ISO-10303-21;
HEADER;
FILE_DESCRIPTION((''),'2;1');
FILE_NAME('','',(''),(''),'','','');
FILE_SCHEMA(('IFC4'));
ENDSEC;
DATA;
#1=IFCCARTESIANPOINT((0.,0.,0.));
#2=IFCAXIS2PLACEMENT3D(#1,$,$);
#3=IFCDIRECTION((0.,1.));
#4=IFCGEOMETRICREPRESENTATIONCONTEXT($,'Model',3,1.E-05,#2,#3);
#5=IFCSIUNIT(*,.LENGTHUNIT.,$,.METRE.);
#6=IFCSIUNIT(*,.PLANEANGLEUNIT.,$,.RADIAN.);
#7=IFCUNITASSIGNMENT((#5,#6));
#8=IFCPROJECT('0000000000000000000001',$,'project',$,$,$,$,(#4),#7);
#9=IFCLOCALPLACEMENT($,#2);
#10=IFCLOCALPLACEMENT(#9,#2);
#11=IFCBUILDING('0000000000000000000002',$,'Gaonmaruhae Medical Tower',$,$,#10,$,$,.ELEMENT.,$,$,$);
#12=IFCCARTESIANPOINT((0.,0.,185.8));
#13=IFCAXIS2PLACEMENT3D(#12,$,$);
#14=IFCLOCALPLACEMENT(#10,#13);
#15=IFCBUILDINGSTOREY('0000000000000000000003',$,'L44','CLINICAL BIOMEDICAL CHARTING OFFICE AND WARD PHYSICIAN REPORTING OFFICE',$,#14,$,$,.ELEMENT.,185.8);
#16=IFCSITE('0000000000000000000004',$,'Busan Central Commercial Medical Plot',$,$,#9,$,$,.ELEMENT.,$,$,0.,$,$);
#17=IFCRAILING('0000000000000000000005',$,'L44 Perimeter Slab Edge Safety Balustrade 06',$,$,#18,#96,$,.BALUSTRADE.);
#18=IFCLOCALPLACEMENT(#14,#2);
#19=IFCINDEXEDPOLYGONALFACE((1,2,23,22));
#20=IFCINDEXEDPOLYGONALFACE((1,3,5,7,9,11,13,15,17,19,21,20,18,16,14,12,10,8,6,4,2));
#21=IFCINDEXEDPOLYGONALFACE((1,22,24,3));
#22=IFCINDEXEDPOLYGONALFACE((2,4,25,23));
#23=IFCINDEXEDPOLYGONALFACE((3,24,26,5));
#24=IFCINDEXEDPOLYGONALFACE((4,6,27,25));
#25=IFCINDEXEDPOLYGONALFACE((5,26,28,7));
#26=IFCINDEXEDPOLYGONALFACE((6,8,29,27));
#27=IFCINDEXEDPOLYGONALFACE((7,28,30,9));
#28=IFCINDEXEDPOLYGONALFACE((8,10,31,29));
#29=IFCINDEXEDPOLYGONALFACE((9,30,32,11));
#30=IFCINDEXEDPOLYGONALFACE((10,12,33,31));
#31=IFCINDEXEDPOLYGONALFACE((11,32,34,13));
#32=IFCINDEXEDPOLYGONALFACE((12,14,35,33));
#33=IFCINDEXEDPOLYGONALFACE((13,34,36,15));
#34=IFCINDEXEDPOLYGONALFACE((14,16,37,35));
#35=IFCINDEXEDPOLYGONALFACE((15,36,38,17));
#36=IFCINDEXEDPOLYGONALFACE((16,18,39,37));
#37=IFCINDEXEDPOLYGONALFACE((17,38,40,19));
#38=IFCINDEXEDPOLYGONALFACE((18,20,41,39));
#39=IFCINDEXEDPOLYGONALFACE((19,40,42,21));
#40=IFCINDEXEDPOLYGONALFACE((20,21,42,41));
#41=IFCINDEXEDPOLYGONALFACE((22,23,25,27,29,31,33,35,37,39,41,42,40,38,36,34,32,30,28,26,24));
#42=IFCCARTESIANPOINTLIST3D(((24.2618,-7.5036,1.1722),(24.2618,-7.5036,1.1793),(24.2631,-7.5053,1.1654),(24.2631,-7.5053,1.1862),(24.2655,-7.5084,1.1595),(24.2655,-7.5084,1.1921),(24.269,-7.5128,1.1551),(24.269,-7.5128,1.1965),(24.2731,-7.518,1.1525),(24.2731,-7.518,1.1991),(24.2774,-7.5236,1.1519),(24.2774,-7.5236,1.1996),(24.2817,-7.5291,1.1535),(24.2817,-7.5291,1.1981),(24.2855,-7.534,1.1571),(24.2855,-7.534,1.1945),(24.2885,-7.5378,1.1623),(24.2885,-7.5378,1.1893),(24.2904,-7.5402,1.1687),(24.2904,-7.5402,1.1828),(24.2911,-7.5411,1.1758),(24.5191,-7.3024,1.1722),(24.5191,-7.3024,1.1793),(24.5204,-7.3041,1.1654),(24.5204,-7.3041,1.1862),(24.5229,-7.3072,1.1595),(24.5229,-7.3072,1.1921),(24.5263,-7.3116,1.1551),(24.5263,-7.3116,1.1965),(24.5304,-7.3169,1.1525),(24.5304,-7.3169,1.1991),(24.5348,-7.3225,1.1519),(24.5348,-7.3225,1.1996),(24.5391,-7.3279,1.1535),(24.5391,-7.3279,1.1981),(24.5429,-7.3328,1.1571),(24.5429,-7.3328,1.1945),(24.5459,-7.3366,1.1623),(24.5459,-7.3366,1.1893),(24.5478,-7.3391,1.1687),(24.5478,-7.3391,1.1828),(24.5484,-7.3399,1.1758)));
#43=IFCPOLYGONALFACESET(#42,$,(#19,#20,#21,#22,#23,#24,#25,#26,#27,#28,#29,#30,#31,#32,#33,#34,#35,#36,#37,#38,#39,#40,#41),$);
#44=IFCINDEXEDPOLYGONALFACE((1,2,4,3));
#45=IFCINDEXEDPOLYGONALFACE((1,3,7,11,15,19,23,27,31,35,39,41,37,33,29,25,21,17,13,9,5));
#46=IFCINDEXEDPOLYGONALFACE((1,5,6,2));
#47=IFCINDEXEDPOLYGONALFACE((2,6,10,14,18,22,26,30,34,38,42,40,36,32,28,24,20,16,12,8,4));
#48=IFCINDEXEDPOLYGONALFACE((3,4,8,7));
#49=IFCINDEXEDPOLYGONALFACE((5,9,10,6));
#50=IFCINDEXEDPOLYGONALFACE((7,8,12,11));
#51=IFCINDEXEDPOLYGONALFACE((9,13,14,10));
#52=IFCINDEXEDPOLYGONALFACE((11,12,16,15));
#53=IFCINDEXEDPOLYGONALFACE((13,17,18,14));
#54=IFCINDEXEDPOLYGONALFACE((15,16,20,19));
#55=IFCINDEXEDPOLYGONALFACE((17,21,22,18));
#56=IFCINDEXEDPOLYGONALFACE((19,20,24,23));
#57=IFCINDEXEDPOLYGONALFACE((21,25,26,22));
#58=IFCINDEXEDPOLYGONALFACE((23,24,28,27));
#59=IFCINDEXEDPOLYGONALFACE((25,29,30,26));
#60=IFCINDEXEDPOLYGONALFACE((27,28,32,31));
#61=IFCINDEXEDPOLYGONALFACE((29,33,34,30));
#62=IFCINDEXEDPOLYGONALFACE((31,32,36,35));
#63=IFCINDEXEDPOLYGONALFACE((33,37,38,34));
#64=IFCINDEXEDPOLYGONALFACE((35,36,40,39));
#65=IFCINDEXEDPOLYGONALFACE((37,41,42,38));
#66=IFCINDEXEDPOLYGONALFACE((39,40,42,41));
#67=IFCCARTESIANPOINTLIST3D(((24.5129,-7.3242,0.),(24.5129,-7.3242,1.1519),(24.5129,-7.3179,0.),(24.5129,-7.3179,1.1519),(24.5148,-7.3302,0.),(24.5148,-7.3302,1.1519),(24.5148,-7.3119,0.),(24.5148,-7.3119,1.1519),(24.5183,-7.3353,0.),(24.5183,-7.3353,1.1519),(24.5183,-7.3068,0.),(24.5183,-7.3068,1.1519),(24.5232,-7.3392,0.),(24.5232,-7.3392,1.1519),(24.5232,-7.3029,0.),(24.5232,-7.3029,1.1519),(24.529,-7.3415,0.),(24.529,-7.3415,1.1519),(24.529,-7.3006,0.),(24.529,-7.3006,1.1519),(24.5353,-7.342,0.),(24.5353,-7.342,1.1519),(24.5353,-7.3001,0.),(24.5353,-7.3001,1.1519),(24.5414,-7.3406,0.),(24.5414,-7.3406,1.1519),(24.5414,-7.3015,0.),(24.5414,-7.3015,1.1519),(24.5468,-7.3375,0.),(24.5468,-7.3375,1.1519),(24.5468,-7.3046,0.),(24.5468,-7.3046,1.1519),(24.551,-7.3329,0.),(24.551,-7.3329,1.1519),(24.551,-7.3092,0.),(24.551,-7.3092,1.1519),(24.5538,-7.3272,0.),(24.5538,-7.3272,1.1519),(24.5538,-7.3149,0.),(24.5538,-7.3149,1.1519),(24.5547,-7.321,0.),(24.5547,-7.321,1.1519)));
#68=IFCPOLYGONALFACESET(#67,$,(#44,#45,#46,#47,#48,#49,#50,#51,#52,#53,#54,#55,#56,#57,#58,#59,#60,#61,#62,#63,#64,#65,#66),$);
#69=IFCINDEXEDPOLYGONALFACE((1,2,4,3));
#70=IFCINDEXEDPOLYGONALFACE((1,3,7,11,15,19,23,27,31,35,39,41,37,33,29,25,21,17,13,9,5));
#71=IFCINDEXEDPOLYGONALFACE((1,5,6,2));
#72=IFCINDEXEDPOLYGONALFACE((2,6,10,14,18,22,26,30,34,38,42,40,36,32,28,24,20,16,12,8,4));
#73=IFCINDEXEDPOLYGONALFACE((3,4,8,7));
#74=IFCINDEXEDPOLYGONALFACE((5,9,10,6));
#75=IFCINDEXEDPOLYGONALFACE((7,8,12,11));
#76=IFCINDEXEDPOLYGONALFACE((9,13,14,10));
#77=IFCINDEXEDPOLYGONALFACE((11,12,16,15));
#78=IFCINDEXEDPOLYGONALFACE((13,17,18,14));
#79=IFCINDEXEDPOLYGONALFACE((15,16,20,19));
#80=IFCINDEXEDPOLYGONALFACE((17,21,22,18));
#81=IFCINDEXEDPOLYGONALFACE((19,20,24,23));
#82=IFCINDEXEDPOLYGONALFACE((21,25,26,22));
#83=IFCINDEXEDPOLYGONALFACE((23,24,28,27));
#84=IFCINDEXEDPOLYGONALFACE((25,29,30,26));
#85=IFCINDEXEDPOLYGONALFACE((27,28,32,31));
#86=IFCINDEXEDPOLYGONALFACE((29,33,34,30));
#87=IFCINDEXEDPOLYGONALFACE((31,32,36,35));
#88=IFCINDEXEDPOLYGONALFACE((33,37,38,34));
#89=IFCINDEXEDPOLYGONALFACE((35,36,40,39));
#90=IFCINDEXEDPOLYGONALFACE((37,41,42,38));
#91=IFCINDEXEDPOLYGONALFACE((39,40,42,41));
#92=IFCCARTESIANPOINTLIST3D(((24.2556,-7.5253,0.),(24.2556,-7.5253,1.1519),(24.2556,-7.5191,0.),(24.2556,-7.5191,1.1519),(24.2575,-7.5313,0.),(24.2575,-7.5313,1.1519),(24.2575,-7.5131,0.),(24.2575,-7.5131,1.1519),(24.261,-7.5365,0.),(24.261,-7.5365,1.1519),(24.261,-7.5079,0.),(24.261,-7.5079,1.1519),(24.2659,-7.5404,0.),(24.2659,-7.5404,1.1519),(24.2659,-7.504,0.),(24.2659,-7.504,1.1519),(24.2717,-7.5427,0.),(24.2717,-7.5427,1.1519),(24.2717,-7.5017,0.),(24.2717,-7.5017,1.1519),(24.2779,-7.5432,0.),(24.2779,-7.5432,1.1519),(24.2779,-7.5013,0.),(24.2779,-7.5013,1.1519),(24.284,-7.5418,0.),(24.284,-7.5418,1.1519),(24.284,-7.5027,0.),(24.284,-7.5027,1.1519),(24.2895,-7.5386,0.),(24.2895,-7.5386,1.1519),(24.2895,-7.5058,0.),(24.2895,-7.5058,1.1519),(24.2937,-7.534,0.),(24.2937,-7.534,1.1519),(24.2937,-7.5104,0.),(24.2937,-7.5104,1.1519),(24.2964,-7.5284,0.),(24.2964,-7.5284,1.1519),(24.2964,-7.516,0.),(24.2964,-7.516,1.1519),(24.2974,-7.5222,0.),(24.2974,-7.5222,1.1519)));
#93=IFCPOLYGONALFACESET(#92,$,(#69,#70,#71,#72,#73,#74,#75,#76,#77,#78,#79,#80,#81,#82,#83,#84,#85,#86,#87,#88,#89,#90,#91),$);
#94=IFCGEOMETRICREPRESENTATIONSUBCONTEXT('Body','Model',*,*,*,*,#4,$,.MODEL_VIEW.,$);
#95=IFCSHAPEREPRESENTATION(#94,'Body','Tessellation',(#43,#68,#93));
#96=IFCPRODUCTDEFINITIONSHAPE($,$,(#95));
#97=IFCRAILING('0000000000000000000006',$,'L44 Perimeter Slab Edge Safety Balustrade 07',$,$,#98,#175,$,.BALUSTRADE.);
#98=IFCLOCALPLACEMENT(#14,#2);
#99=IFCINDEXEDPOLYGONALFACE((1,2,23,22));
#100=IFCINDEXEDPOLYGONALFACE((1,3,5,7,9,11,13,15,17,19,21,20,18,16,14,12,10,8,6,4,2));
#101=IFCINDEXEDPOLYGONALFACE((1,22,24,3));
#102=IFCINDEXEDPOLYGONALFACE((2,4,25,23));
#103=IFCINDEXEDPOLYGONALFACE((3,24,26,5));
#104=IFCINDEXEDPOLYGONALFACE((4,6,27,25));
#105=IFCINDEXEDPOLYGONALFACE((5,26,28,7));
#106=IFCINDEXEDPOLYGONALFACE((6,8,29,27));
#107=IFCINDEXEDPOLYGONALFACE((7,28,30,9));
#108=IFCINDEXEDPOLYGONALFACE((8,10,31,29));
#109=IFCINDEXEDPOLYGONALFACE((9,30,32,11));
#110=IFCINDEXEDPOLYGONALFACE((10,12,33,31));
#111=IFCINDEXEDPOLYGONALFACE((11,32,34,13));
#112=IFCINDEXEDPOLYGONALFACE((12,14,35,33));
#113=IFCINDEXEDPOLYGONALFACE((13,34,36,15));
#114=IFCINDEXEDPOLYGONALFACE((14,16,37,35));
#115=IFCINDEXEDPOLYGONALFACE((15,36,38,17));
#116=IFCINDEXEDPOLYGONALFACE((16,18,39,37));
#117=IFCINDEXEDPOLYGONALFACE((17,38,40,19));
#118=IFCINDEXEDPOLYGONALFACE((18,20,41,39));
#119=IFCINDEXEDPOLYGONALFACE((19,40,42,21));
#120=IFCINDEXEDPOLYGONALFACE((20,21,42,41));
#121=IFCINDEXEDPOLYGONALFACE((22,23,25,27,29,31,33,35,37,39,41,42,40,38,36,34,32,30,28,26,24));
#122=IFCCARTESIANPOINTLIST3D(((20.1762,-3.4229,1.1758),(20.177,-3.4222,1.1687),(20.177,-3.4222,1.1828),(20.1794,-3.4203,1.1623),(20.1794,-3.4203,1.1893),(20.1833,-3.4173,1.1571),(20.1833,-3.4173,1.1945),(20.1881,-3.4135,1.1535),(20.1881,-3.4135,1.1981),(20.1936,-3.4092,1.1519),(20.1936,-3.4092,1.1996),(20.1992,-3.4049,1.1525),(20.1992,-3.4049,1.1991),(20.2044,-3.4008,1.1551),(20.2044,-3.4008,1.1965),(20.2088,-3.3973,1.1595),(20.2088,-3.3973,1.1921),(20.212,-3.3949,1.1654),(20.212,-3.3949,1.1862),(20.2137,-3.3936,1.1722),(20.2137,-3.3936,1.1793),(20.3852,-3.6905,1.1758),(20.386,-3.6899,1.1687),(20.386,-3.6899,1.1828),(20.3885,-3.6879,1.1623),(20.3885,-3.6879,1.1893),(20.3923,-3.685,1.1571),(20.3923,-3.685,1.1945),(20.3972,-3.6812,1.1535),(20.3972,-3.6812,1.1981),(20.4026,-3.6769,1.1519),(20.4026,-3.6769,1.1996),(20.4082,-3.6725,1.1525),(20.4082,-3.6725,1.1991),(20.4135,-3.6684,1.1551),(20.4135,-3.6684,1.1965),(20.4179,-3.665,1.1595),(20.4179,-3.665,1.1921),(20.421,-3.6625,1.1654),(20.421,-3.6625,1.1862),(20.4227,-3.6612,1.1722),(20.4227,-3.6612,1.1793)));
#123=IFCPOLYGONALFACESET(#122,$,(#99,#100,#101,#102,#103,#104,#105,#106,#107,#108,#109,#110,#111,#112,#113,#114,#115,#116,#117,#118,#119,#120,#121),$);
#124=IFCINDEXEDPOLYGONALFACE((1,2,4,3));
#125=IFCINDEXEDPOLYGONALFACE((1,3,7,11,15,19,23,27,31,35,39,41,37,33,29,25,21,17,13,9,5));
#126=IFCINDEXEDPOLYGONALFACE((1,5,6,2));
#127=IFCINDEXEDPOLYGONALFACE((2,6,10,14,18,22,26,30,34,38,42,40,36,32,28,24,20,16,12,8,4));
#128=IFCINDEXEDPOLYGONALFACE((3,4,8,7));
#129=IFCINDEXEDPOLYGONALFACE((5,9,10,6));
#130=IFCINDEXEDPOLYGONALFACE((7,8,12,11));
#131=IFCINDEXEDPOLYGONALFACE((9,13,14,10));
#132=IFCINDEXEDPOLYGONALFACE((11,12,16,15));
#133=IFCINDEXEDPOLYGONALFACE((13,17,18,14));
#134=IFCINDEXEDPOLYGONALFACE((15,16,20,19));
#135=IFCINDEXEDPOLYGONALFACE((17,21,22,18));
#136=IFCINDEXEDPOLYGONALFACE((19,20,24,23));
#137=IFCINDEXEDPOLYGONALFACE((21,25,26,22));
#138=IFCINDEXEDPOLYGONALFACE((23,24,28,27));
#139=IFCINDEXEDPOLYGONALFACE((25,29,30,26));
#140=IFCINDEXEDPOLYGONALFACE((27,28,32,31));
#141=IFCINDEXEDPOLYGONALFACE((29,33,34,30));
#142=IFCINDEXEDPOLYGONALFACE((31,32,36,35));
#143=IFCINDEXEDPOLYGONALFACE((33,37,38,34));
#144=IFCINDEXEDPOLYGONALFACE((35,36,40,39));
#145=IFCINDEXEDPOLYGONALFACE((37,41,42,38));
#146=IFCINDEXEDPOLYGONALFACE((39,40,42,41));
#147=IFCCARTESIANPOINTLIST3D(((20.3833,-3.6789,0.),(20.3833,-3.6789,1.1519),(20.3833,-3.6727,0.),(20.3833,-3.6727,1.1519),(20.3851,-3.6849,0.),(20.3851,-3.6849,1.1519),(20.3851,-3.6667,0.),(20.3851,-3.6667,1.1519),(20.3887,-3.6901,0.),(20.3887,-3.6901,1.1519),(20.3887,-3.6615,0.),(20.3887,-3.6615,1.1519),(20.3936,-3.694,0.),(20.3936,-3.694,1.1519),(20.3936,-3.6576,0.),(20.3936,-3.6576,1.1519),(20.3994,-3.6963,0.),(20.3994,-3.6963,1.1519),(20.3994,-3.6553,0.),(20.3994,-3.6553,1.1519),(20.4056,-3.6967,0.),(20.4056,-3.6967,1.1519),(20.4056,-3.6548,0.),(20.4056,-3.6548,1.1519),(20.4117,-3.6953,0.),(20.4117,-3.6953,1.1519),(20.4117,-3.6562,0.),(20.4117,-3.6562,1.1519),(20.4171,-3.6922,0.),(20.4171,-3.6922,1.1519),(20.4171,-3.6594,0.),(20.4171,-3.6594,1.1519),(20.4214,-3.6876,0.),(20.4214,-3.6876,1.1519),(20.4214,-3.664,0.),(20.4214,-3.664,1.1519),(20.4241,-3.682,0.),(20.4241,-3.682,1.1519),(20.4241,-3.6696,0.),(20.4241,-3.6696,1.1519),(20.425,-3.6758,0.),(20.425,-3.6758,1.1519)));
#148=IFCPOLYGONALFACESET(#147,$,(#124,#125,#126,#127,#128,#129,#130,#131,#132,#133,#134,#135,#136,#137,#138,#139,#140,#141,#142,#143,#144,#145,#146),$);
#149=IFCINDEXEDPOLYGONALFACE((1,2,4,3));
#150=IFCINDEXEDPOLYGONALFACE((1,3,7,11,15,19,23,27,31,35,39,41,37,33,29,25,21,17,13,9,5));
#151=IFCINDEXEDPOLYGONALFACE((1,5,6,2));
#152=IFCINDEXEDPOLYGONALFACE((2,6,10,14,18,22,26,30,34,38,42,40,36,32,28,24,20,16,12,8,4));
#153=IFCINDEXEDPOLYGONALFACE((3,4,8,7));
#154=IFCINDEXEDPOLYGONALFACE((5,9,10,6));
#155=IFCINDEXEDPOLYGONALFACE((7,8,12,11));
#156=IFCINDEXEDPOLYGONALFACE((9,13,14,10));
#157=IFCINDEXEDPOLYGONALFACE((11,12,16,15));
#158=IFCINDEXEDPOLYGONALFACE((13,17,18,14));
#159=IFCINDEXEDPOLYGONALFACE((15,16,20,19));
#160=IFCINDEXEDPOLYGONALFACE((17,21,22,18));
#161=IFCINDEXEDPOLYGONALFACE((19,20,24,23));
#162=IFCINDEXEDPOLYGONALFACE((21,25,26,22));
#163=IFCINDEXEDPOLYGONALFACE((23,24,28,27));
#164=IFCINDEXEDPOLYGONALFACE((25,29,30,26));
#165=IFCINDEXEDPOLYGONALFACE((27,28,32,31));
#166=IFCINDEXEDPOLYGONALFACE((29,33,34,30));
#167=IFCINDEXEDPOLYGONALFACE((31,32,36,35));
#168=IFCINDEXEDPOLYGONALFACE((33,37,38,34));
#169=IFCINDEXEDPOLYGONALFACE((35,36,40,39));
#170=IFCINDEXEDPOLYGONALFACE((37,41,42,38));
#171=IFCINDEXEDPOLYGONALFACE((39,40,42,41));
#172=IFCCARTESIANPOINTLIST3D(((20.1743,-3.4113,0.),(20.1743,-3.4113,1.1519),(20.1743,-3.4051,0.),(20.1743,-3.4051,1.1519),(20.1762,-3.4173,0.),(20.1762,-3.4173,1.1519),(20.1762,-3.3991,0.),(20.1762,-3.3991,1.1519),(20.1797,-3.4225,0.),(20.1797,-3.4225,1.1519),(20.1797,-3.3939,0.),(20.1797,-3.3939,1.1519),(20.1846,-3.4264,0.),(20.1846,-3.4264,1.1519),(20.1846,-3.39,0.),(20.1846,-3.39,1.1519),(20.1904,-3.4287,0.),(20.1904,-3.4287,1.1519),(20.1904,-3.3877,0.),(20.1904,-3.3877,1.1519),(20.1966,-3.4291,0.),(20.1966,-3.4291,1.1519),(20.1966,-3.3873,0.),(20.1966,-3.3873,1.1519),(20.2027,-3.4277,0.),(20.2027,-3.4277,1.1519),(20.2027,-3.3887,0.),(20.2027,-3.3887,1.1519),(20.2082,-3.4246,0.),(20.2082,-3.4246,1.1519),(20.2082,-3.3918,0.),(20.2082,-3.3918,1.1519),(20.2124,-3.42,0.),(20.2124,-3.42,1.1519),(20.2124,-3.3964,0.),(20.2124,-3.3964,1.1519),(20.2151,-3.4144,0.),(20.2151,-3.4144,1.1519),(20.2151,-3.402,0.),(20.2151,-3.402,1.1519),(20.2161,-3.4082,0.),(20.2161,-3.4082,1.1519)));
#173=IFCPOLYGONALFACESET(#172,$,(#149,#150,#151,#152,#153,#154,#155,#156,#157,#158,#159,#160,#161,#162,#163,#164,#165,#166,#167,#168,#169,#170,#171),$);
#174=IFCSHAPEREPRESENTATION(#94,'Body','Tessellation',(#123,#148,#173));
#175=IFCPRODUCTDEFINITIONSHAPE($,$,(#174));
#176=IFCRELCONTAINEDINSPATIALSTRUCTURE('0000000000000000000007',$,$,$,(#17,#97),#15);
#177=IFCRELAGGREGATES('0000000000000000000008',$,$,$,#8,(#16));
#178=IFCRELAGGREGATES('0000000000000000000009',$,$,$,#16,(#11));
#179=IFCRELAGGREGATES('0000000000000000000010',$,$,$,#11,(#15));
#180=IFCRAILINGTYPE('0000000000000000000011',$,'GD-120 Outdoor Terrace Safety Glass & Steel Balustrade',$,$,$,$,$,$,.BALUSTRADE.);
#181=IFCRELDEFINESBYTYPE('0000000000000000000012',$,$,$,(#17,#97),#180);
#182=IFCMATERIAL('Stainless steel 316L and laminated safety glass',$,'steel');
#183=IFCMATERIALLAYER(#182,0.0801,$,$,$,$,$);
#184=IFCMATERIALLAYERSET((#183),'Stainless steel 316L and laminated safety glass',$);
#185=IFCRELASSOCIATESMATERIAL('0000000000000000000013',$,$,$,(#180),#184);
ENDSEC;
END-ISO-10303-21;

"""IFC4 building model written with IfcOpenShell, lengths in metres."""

from ifc_helpers import new_model, si_unit, direction, frame, origin, origin_2d, place, context, subcontext, project, spatial, circle, extrude, material, layer, layer_set, type_object, element, save


model = new_model("IFC4")

# Units and contexts
model_context = context("Model", 3, precision=1e-05, world=origin(), true_north=direction((0.0, 1.0)))
body_context = subcontext(model_context, "Body", "Model", "MODEL_VIEW")
ifc_project = project(units=[si_unit("LENGTHUNIT", "METRE"), si_unit("PLANEANGLEUNIT", "RADIAN")], contexts=[model_context])

# Site, building, storey
site_placement = place(None, origin())
site = spatial("IfcSite", under=ifc_project, at=site_placement, Name="Busan Central Commercial Medical Plot", CompositionType="ELEMENT", RefElevation=0.0)
building_placement = place(site_placement, origin())
building = spatial("IfcBuilding", under=site, at=building_placement, Name="Gaonmaruhae Medical Tower", CompositionType="ELEMENT")
storey_placement = place(building_placement, frame((0.0, 0.0, 185.8)))
storey = spatial("IfcBuildingStorey", under=building, at=storey_placement, Name="L44", Description="CLINICAL BIOMEDICAL CHARTING OFFICE AND WARD PHYSICIAN REPORTING OFFICE", CompositionType="ELEMENT", Elevation=185.8)

# Railings
ifc_material_1 = material(Name="Stainless steel 316L and laminated safety glass", Category="steel")
ifc_layer_1 = layer(ifc_material_1, 0.0801)
ifc_layer_set_1 = layer_set([ifc_layer_1], Name="Stainless steel 316L and laminated safety glass")
railing_type = type_object("IfcRailingType", Name="GD-120 Outdoor Terrace Safety Glass & Steel Balustrade", PredefinedType="BALUSTRADE", material=ifc_layer_set_1)
railing_1_placement = place(storey_placement, frame((24.5337, -7.321, 0.0)))
element("IfcRailing", 1, at=railing_1_placement, inside=storey, type_object=railing_type, Name="L44 Perimeter Slab Edge Safety Balustrade 06", PredefinedType="BALUSTRADE", context=body_context, shape_type="SweptSolid", body=[
    extrude(circle(Radius=0.0239, at=origin_2d()), frame((0.0, 0.0, 1.1758), z_axis=(-0.78782, -0.615905, 0.0), x_axis=(0.615905, -0.78782, 0.0)), (0.0, 0.0, 1.0), 0.3267),
    extrude(circle(Radius=0.021, at=origin_2d()), origin(), (0.0, 0.0, 1.0), 1.1519),
    extrude(circle(Radius=0.021, at=origin_2d()), frame((-0.2573, -0.2012, 0.0)), (0.0, 0.0, 1.0), 1.1519),
])
railing_2_placement = place(storey_placement, frame((20.4041, -3.6758, 0.0)))
element("IfcRailing", 2, at=railing_2_placement, inside=storey, type_object=railing_type, Name="L44 Perimeter Slab Edge Safety Balustrade 07", PredefinedType="BALUSTRADE", context=body_context, shape_type="SweptSolid", body=[
    extrude(circle(Radius=0.0239, at=origin_2d()), frame((0.0, 0.0, 1.1758), z_axis=(-0.615532, 0.788112, 0.0), x_axis=(-0.788112, -0.615532, 0.0)), (0.0, 0.0, 1.0), 0.3396),
    extrude(circle(Radius=0.021, at=origin_2d()), origin(), (0.0, 0.0, 1.0), 1.1519),
    extrude(circle(Radius=0.021, at=origin_2d()), frame((-0.209, 0.2676, 0.0)), (0.0, 0.0, 1.0), 1.1519),
])

save(model, "model.ifc")
